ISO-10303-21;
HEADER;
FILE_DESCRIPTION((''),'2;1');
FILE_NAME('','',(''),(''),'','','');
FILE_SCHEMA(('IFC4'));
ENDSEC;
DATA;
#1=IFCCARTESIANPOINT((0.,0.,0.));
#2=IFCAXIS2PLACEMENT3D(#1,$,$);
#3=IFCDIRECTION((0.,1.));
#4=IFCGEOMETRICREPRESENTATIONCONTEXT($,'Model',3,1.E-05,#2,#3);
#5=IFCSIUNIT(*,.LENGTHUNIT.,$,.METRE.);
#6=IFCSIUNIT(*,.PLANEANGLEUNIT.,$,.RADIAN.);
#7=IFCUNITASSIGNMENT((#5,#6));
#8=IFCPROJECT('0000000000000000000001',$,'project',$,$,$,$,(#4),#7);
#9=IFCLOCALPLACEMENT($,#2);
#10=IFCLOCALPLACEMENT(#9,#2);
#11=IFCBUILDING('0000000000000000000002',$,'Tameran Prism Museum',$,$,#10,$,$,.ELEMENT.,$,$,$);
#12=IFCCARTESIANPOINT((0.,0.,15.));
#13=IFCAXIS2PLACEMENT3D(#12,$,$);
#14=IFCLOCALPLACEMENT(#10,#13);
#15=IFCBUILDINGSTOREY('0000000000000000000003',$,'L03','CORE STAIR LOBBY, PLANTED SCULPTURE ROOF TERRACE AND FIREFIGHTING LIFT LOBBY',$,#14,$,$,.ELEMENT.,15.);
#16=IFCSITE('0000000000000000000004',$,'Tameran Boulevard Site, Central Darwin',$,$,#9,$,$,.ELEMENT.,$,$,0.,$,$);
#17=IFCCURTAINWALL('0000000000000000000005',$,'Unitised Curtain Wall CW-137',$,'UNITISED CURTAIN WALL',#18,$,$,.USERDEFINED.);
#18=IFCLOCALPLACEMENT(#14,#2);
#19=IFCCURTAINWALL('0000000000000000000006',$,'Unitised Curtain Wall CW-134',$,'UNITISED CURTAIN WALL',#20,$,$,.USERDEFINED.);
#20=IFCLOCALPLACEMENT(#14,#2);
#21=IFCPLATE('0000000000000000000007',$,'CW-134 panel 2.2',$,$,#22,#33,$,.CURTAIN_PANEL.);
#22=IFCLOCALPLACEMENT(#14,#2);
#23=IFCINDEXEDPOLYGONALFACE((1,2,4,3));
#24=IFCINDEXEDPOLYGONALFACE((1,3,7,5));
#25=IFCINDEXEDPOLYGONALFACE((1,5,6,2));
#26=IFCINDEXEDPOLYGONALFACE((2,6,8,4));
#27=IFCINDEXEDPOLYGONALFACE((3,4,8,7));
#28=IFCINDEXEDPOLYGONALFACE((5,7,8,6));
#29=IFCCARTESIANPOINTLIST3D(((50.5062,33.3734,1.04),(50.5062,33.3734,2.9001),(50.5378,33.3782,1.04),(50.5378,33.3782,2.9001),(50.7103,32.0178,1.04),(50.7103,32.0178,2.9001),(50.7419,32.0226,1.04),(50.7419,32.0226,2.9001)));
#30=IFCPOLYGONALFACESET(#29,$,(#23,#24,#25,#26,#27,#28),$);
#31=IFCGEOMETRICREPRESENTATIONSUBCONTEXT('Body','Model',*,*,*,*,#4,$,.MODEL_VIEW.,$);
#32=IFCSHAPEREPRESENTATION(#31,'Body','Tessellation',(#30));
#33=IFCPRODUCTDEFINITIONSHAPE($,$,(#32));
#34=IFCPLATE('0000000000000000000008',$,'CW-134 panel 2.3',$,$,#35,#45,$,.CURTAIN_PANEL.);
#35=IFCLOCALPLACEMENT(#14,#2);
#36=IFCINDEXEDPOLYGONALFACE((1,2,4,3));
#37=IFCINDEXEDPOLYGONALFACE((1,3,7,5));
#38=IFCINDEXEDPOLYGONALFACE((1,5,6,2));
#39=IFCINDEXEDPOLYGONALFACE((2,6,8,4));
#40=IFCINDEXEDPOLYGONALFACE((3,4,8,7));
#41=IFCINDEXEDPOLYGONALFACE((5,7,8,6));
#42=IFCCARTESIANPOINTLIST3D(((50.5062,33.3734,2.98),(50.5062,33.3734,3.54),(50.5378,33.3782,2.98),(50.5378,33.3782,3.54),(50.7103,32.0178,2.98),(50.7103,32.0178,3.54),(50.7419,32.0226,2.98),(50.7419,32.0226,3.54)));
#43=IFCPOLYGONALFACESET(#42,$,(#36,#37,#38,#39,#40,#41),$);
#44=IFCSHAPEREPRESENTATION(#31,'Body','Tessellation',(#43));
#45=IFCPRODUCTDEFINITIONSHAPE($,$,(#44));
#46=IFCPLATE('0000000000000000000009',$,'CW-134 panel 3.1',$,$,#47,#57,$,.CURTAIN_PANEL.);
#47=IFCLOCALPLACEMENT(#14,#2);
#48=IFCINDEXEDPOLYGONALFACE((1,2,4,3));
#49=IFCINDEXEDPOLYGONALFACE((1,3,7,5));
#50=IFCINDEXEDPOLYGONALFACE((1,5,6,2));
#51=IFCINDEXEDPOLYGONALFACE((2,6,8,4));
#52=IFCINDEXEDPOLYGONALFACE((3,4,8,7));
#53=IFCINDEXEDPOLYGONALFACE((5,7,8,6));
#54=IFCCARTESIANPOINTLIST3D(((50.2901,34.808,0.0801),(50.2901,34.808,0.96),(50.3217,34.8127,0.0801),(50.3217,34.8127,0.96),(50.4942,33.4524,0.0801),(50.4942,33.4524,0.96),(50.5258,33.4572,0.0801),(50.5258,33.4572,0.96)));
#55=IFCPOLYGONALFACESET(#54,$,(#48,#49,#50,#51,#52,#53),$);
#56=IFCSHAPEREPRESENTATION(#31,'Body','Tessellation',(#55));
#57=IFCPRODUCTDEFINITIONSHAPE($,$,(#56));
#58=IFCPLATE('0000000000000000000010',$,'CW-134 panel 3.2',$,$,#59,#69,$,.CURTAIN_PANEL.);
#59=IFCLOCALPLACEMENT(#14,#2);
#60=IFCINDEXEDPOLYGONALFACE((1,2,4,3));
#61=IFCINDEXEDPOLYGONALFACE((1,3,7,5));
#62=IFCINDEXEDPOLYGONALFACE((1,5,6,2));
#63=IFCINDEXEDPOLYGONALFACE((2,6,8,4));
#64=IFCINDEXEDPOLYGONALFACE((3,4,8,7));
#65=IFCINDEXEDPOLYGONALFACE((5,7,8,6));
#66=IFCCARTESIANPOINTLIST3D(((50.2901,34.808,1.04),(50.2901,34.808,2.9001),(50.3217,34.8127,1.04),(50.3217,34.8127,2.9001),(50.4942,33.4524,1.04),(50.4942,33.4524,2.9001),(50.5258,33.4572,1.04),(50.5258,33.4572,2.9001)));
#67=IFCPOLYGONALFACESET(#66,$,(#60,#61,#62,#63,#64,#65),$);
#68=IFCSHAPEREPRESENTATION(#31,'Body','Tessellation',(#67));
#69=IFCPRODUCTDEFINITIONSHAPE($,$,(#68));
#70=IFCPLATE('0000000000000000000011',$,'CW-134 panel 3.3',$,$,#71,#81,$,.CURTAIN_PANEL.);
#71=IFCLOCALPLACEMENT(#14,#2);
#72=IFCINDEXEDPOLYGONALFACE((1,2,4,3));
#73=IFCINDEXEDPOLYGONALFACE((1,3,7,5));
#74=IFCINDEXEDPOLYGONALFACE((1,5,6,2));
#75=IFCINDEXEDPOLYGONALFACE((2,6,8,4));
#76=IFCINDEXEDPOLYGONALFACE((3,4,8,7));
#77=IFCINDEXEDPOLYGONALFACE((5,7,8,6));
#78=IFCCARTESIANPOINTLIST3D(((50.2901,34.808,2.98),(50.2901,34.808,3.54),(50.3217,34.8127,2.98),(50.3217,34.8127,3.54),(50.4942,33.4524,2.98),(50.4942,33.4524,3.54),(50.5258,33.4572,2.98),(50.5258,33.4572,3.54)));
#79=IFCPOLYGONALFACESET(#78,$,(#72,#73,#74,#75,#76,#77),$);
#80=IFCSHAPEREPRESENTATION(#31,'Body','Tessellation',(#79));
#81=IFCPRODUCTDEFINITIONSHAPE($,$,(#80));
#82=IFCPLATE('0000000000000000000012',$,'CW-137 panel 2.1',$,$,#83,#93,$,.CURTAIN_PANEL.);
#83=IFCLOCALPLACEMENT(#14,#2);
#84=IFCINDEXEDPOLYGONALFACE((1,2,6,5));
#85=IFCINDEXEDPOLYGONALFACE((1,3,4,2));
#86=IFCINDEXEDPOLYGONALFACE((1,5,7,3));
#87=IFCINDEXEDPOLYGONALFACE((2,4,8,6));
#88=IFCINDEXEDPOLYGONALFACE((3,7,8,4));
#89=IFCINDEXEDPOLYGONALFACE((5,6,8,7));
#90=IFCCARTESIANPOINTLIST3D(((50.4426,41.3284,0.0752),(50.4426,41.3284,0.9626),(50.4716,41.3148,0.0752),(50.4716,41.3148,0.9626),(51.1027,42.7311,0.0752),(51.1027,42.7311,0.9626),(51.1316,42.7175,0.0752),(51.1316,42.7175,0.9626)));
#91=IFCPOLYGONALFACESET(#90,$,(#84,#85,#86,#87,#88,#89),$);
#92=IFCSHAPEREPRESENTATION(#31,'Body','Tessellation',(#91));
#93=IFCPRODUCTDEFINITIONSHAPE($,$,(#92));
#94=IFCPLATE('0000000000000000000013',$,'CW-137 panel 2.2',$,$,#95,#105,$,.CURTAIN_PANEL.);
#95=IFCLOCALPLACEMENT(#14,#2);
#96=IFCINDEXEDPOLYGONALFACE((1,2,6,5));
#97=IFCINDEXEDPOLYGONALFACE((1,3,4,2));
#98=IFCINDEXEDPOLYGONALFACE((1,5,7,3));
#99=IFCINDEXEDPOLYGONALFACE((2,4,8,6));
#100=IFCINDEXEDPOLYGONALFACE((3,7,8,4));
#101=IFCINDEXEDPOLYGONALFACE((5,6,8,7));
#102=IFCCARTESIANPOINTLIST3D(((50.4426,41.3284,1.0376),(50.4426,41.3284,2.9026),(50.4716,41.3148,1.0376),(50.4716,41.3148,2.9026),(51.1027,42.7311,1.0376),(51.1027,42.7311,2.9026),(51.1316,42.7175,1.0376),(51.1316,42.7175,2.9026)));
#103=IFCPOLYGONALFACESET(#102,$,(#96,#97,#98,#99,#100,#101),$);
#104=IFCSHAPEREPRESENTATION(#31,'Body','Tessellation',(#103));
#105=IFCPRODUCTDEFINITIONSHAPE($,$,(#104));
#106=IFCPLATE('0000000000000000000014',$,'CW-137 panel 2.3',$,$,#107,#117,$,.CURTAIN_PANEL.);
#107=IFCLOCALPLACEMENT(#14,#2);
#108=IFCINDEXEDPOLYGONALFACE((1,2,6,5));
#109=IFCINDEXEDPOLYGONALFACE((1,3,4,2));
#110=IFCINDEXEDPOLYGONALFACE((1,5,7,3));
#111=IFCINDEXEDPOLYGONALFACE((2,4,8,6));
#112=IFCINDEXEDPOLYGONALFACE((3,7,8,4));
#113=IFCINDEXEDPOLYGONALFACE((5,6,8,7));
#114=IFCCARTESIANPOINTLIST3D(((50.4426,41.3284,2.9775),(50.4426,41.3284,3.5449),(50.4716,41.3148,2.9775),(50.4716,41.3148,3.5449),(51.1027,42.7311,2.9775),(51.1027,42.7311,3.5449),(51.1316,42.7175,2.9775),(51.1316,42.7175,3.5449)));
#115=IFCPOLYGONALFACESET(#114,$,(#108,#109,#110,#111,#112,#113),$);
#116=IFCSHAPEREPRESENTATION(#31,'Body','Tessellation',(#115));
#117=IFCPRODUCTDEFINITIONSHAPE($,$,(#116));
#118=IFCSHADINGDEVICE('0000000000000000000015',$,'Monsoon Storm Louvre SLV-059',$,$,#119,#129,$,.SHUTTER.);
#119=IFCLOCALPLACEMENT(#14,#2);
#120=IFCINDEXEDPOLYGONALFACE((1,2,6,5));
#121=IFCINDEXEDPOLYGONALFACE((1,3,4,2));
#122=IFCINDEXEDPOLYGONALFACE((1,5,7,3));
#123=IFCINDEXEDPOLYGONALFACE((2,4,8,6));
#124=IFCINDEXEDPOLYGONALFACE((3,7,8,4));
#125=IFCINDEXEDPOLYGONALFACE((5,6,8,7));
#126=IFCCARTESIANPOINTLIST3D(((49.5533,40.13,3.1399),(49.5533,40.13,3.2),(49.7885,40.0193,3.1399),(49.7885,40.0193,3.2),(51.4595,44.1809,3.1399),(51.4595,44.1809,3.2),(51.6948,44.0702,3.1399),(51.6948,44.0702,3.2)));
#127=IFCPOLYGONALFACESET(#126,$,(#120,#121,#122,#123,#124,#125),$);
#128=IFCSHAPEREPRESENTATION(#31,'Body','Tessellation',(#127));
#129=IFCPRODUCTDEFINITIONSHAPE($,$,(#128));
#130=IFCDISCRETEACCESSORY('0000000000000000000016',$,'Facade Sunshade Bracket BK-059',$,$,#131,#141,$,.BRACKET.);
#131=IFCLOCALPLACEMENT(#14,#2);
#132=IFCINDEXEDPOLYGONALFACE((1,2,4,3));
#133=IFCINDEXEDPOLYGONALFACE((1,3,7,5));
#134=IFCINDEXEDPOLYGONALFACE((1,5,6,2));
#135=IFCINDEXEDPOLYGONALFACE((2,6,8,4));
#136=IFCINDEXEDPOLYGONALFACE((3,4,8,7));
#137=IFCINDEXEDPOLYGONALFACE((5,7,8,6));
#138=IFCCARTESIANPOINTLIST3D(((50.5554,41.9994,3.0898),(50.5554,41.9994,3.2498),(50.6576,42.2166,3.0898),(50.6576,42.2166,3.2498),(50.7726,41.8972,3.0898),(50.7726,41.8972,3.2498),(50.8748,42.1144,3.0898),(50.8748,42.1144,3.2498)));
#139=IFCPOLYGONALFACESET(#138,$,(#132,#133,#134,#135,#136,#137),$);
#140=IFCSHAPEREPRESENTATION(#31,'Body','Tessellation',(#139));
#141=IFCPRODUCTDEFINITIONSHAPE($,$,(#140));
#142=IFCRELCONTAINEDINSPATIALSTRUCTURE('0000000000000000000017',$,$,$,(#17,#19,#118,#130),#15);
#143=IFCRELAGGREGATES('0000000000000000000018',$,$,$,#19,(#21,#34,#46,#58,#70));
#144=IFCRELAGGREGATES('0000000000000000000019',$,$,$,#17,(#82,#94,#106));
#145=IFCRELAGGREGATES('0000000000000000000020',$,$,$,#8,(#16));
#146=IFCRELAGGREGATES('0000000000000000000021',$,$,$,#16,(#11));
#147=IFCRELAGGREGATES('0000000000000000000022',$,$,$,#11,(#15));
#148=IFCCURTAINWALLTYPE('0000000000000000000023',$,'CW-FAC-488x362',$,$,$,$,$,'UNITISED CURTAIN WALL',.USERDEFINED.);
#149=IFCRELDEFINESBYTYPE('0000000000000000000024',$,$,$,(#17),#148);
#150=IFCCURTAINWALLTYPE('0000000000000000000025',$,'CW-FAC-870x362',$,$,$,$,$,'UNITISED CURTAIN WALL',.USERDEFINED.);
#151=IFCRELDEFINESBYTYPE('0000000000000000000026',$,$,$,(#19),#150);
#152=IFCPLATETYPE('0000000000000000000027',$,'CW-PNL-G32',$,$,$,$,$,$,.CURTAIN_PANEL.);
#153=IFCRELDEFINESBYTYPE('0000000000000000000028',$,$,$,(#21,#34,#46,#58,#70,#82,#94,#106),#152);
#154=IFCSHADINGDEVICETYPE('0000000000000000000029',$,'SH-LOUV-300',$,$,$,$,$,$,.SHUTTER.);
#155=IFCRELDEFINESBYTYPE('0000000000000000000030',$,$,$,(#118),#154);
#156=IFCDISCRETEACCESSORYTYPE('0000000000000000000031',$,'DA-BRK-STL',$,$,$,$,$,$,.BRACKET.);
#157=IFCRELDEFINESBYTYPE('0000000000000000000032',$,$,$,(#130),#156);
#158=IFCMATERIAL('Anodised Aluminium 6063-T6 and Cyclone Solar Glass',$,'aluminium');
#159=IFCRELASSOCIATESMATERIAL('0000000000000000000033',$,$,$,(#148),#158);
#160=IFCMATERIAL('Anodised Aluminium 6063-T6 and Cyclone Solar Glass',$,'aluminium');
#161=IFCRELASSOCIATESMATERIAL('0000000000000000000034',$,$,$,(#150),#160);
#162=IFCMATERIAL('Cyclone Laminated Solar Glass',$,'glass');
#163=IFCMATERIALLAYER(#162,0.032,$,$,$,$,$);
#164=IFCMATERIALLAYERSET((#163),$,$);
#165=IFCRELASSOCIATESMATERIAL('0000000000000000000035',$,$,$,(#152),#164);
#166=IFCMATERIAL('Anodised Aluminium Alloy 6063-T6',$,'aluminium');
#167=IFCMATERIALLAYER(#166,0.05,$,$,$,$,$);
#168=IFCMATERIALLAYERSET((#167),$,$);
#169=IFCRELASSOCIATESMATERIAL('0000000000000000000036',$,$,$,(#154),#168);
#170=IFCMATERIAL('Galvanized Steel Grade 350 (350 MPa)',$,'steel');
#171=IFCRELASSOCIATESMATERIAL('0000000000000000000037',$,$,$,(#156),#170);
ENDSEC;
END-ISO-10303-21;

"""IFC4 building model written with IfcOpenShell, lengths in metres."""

from ifc_helpers import new_model, si_unit, direction, frame, origin, origin_2d, place, context, subcontext, project, spatial, rectangle, extrude, material, layer, layer_set, type_object, element, aggregate, save


model = new_model("IFC4")

# Units and contexts
model_context = context("Model", 3, precision=1e-05, world=origin(), true_north=direction((0.0, 1.0)))
body_context = subcontext(model_context, "Body", "Model", "MODEL_VIEW")
ifc_project = project(units=[si_unit("LENGTHUNIT", "METRE"), si_unit("PLANEANGLEUNIT", "RADIAN")], contexts=[model_context])

# Site, building, storey
site_placement = place(None, origin())
site = spatial("IfcSite", under=ifc_project, at=site_placement, Name="Tameran Boulevard Site, Central Darwin", CompositionType="ELEMENT", RefElevation=0.0)
building_placement = place(site_placement, origin())
building = spatial("IfcBuilding", under=site, at=building_placement, Name="Tameran Prism Museum", CompositionType="ELEMENT")
storey_placement = place(building_placement, frame((0.0, 0.0, 15.0)))
storey = spatial("IfcBuildingStorey", under=building, at=storey_placement, Name="L03", Description="CORE STAIR LOBBY, PLANTED SCULPTURE ROOF TERRACE AND FIREFIGHTING LIFT LOBBY", CompositionType="ELEMENT", Elevation=15.0)

# Curtain walls
ifc_material_1 = material(Name="Anodised Aluminium 6063-T6 and Cyclone Solar Glass", Category="aluminium")
curtain_wall_type_1 = type_object("IfcCurtainWallType", Name="CW-FAC-488x362", ElementType="UNITISED CURTAIN WALL", PredefinedType="USERDEFINED", material=ifc_material_1)
curtain_wall_1_placement = place(storey_placement, origin())
curtain_wall_1 = element("IfcCurtainWall", 1, at=curtain_wall_1_placement, inside=storey, type_object=curtain_wall_type_1, Name="Unitised Curtain Wall CW-137", ObjectType="UNITISED CURTAIN WALL", PredefinedType="USERDEFINED")
ifc_material_2 = material(Name="Anodised Aluminium 6063-T6 and Cyclone Solar Glass", Category="aluminium")
curtain_wall_type_2 = type_object("IfcCurtainWallType", Name="CW-FAC-870x362", ElementType="UNITISED CURTAIN WALL", PredefinedType="USERDEFINED", material=ifc_material_2)
curtain_wall_2_placement = place(storey_placement, origin())
curtain_wall_2 = element("IfcCurtainWall", 2, at=curtain_wall_2_placement, inside=storey, type_object=curtain_wall_type_2, Name="Unitised Curtain Wall CW-134", ObjectType="UNITISED CURTAIN WALL", PredefinedType="USERDEFINED")

# Plates
ifc_material_3 = material(Name="Cyclone Laminated Solar Glass", Category="glass")
ifc_layer_1 = layer(ifc_material_3, 0.032)
ifc_layer_set_1 = layer_set([ifc_layer_1])
plate_type = type_object("IfcPlateType", Name="CW-PNL-G32", PredefinedType="CURTAIN_PANEL", material=ifc_layer_set_1)
plate_1_placement = place(storey_placement, frame((50.624, 32.698, 1.04), z_axis=(0.0, 0.0, 1.0), x_axis=(-0.14888, 0.988855, 0.0)))
plate_1 = element("IfcPlate", 3, at=plate_1_placement, type_object=plate_type, Name="CW-134 panel 2.2", PredefinedType="CURTAIN_PANEL", context=body_context, shape_type="SweptSolid", body=[
    extrude(rectangle(XDim=1.3708, YDim=0.032, at=origin_2d()), origin(), (0.0, 0.0, 1.0), 1.8601),
])
plate_2_placement = place(storey_placement, frame((50.624, 32.698, 2.98), z_axis=(0.0, 0.0, 1.0), x_axis=(-0.14888, 0.988855, 0.0)))
plate_2 = element("IfcPlate", 4, at=plate_2_placement, type_object=plate_type, Name="CW-134 panel 2.3", PredefinedType="CURTAIN_PANEL", context=body_context, shape_type="SweptSolid", body=[
    extrude(rectangle(XDim=1.3708, YDim=0.032, at=origin_2d()), origin(), (0.0, 0.0, 1.0), 0.5601),
])
plate_3_placement = place(storey_placement, frame((50.408, 34.1326, 0.0801), z_axis=(0.0, 0.0, 1.0), x_axis=(-0.14888, 0.988855, 0.0)))
plate_3 = element("IfcPlate", 5, at=plate_3_placement, type_object=plate_type, Name="CW-134 panel 3.1", PredefinedType="CURTAIN_PANEL", context=body_context, shape_type="SweptSolid", body=[
    extrude(rectangle(XDim=1.3708, YDim=0.032, at=origin_2d()), origin(), (0.0, 0.0, 1.0), 0.8799),
])
plate_4_placement = place(storey_placement, frame((50.408, 34.1326, 1.04), z_axis=(0.0, 0.0, 1.0), x_axis=(-0.14888, 0.988855, 0.0)))
plate_4 = element("IfcPlate", 6, at=plate_4_placement, type_object=plate_type, Name="CW-134 panel 3.2", PredefinedType="CURTAIN_PANEL", context=body_context, shape_type="SweptSolid", body=[
    extrude(rectangle(XDim=1.3708, YDim=0.032, at=origin_2d()), origin(), (0.0, 0.0, 1.0), 1.8601),
])
plate_5_placement = place(storey_placement, frame((50.408, 34.1326, 2.98), z_axis=(0.0, 0.0, 1.0), x_axis=(-0.14888, 0.988855, 0.0)))
plate_5 = element("IfcPlate", 7, at=plate_5_placement, type_object=plate_type, Name="CW-134 panel 3.3", PredefinedType="CURTAIN_PANEL", context=body_context, shape_type="SweptSolid", body=[
    extrude(rectangle(XDim=1.3708, YDim=0.032, at=origin_2d()), origin(), (0.0, 0.0, 1.0), 0.5601),
])
aggregate(curtain_wall_2, [plate_1, plate_2, plate_3, plate_4, plate_5])
plate_6_placement = place(storey_placement, frame((50.7871, 42.0229, 0.0752), z_axis=(0.0, 0.0, 1.0), x_axis=(0.425758, 0.904837, 0.0)))
plate_6 = element("IfcPlate", 8, at=plate_6_placement, type_object=plate_type, Name="CW-137 panel 2.1", PredefinedType="CURTAIN_PANEL", context=body_context, shape_type="SweptSolid", body=[
    extrude(rectangle(XDim=1.5503, YDim=0.032, at=origin_2d()), origin(), (0.0, 0.0, 1.0), 0.8875),
])
plate_7_placement = place(storey_placement, frame((50.7871, 42.0229, 1.0376), z_axis=(0.0, 0.0, 1.0), x_axis=(0.425758, 0.904837, 0.0)))
plate_7 = element("IfcPlate", 9, at=plate_7_placement, type_object=plate_type, Name="CW-137 panel 2.2", PredefinedType="CURTAIN_PANEL", context=body_context, shape_type="SweptSolid", body=[
    extrude(rectangle(XDim=1.5503, YDim=0.032, at=origin_2d()), origin(), (0.0, 0.0, 1.0), 1.865),
])
plate_8_placement = place(storey_placement, frame((50.7871, 42.0229, 2.9775), z_axis=(0.0, 0.0, 1.0), x_axis=(0.425758, 0.904837, 0.0)))
plate_8 = element("IfcPlate", 10, at=plate_8_placement, type_object=plate_type, Name="CW-137 panel 2.3", PredefinedType="CURTAIN_PANEL", context=body_context, shape_type="SweptSolid", body=[
    extrude(rectangle(XDim=1.5503, YDim=0.032, at=origin_2d()), origin(), (0.0, 0.0, 1.0), 0.5674),
])
aggregate(curtain_wall_1, [plate_6, plate_7, plate_8])

# Shading device
ifc_material_4 = material(Name="Anodised Aluminium Alloy 6063-T6", Category="aluminium")
ifc_layer_2 = layer(ifc_material_4, 0.05)
ifc_layer_set_2 = layer_set([ifc_layer_2])
shading_device_type = type_object("IfcShadingDeviceType", Name="SH-LOUV-300", PredefinedType="SHUTTER", material=ifc_layer_set_2)
shading_device_placement = place(storey_placement, frame((50.624, 42.1001, 3.1399), z_axis=(0.0, 0.0, 1.0), x_axis=(0.425779, 0.904827, 0.0)))
element("IfcShadingDevice", 11, at=shading_device_placement, inside=storey, type_object=shading_device_type, Name="Monsoon Storm Louvre SLV-059", PredefinedType="SHUTTER", context=body_context, shape_type="SweptSolid", body=[
    extrude(rectangle(XDim=4.4771, YDim=0.26, at=origin_2d()), origin(), (0.0, 0.0, 1.0), 0.0601),
])

# Discrete accessory
ifc_material_5 = material(Name="Galvanized Steel Grade 350 (350 MPa)", Category="steel")
discrete_accessory_type = type_object("IfcDiscreteAccessoryType", Name="DA-BRK-STL", PredefinedType="BRACKET", material=ifc_material_5)
discrete_accessory_placement = place(storey_placement, frame((50.7151, 42.0569, 3.0898), z_axis=(0.0, 0.0, 1.0), x_axis=(0.425779, 0.904827, 0.0)))
element("IfcDiscreteAccessory", 12, at=discrete_accessory_placement, inside=storey, type_object=discrete_accessory_type, Name="Facade Sunshade Bracket BK-059", PredefinedType="BRACKET", context=body_context, shape_type="SweptSolid", body=[
    extrude(rectangle(XDim=0.24, YDim=0.24, at=origin_2d()), origin(), (0.0, 0.0, 1.0), 0.1599),
])

save(model, "model.ifc")
